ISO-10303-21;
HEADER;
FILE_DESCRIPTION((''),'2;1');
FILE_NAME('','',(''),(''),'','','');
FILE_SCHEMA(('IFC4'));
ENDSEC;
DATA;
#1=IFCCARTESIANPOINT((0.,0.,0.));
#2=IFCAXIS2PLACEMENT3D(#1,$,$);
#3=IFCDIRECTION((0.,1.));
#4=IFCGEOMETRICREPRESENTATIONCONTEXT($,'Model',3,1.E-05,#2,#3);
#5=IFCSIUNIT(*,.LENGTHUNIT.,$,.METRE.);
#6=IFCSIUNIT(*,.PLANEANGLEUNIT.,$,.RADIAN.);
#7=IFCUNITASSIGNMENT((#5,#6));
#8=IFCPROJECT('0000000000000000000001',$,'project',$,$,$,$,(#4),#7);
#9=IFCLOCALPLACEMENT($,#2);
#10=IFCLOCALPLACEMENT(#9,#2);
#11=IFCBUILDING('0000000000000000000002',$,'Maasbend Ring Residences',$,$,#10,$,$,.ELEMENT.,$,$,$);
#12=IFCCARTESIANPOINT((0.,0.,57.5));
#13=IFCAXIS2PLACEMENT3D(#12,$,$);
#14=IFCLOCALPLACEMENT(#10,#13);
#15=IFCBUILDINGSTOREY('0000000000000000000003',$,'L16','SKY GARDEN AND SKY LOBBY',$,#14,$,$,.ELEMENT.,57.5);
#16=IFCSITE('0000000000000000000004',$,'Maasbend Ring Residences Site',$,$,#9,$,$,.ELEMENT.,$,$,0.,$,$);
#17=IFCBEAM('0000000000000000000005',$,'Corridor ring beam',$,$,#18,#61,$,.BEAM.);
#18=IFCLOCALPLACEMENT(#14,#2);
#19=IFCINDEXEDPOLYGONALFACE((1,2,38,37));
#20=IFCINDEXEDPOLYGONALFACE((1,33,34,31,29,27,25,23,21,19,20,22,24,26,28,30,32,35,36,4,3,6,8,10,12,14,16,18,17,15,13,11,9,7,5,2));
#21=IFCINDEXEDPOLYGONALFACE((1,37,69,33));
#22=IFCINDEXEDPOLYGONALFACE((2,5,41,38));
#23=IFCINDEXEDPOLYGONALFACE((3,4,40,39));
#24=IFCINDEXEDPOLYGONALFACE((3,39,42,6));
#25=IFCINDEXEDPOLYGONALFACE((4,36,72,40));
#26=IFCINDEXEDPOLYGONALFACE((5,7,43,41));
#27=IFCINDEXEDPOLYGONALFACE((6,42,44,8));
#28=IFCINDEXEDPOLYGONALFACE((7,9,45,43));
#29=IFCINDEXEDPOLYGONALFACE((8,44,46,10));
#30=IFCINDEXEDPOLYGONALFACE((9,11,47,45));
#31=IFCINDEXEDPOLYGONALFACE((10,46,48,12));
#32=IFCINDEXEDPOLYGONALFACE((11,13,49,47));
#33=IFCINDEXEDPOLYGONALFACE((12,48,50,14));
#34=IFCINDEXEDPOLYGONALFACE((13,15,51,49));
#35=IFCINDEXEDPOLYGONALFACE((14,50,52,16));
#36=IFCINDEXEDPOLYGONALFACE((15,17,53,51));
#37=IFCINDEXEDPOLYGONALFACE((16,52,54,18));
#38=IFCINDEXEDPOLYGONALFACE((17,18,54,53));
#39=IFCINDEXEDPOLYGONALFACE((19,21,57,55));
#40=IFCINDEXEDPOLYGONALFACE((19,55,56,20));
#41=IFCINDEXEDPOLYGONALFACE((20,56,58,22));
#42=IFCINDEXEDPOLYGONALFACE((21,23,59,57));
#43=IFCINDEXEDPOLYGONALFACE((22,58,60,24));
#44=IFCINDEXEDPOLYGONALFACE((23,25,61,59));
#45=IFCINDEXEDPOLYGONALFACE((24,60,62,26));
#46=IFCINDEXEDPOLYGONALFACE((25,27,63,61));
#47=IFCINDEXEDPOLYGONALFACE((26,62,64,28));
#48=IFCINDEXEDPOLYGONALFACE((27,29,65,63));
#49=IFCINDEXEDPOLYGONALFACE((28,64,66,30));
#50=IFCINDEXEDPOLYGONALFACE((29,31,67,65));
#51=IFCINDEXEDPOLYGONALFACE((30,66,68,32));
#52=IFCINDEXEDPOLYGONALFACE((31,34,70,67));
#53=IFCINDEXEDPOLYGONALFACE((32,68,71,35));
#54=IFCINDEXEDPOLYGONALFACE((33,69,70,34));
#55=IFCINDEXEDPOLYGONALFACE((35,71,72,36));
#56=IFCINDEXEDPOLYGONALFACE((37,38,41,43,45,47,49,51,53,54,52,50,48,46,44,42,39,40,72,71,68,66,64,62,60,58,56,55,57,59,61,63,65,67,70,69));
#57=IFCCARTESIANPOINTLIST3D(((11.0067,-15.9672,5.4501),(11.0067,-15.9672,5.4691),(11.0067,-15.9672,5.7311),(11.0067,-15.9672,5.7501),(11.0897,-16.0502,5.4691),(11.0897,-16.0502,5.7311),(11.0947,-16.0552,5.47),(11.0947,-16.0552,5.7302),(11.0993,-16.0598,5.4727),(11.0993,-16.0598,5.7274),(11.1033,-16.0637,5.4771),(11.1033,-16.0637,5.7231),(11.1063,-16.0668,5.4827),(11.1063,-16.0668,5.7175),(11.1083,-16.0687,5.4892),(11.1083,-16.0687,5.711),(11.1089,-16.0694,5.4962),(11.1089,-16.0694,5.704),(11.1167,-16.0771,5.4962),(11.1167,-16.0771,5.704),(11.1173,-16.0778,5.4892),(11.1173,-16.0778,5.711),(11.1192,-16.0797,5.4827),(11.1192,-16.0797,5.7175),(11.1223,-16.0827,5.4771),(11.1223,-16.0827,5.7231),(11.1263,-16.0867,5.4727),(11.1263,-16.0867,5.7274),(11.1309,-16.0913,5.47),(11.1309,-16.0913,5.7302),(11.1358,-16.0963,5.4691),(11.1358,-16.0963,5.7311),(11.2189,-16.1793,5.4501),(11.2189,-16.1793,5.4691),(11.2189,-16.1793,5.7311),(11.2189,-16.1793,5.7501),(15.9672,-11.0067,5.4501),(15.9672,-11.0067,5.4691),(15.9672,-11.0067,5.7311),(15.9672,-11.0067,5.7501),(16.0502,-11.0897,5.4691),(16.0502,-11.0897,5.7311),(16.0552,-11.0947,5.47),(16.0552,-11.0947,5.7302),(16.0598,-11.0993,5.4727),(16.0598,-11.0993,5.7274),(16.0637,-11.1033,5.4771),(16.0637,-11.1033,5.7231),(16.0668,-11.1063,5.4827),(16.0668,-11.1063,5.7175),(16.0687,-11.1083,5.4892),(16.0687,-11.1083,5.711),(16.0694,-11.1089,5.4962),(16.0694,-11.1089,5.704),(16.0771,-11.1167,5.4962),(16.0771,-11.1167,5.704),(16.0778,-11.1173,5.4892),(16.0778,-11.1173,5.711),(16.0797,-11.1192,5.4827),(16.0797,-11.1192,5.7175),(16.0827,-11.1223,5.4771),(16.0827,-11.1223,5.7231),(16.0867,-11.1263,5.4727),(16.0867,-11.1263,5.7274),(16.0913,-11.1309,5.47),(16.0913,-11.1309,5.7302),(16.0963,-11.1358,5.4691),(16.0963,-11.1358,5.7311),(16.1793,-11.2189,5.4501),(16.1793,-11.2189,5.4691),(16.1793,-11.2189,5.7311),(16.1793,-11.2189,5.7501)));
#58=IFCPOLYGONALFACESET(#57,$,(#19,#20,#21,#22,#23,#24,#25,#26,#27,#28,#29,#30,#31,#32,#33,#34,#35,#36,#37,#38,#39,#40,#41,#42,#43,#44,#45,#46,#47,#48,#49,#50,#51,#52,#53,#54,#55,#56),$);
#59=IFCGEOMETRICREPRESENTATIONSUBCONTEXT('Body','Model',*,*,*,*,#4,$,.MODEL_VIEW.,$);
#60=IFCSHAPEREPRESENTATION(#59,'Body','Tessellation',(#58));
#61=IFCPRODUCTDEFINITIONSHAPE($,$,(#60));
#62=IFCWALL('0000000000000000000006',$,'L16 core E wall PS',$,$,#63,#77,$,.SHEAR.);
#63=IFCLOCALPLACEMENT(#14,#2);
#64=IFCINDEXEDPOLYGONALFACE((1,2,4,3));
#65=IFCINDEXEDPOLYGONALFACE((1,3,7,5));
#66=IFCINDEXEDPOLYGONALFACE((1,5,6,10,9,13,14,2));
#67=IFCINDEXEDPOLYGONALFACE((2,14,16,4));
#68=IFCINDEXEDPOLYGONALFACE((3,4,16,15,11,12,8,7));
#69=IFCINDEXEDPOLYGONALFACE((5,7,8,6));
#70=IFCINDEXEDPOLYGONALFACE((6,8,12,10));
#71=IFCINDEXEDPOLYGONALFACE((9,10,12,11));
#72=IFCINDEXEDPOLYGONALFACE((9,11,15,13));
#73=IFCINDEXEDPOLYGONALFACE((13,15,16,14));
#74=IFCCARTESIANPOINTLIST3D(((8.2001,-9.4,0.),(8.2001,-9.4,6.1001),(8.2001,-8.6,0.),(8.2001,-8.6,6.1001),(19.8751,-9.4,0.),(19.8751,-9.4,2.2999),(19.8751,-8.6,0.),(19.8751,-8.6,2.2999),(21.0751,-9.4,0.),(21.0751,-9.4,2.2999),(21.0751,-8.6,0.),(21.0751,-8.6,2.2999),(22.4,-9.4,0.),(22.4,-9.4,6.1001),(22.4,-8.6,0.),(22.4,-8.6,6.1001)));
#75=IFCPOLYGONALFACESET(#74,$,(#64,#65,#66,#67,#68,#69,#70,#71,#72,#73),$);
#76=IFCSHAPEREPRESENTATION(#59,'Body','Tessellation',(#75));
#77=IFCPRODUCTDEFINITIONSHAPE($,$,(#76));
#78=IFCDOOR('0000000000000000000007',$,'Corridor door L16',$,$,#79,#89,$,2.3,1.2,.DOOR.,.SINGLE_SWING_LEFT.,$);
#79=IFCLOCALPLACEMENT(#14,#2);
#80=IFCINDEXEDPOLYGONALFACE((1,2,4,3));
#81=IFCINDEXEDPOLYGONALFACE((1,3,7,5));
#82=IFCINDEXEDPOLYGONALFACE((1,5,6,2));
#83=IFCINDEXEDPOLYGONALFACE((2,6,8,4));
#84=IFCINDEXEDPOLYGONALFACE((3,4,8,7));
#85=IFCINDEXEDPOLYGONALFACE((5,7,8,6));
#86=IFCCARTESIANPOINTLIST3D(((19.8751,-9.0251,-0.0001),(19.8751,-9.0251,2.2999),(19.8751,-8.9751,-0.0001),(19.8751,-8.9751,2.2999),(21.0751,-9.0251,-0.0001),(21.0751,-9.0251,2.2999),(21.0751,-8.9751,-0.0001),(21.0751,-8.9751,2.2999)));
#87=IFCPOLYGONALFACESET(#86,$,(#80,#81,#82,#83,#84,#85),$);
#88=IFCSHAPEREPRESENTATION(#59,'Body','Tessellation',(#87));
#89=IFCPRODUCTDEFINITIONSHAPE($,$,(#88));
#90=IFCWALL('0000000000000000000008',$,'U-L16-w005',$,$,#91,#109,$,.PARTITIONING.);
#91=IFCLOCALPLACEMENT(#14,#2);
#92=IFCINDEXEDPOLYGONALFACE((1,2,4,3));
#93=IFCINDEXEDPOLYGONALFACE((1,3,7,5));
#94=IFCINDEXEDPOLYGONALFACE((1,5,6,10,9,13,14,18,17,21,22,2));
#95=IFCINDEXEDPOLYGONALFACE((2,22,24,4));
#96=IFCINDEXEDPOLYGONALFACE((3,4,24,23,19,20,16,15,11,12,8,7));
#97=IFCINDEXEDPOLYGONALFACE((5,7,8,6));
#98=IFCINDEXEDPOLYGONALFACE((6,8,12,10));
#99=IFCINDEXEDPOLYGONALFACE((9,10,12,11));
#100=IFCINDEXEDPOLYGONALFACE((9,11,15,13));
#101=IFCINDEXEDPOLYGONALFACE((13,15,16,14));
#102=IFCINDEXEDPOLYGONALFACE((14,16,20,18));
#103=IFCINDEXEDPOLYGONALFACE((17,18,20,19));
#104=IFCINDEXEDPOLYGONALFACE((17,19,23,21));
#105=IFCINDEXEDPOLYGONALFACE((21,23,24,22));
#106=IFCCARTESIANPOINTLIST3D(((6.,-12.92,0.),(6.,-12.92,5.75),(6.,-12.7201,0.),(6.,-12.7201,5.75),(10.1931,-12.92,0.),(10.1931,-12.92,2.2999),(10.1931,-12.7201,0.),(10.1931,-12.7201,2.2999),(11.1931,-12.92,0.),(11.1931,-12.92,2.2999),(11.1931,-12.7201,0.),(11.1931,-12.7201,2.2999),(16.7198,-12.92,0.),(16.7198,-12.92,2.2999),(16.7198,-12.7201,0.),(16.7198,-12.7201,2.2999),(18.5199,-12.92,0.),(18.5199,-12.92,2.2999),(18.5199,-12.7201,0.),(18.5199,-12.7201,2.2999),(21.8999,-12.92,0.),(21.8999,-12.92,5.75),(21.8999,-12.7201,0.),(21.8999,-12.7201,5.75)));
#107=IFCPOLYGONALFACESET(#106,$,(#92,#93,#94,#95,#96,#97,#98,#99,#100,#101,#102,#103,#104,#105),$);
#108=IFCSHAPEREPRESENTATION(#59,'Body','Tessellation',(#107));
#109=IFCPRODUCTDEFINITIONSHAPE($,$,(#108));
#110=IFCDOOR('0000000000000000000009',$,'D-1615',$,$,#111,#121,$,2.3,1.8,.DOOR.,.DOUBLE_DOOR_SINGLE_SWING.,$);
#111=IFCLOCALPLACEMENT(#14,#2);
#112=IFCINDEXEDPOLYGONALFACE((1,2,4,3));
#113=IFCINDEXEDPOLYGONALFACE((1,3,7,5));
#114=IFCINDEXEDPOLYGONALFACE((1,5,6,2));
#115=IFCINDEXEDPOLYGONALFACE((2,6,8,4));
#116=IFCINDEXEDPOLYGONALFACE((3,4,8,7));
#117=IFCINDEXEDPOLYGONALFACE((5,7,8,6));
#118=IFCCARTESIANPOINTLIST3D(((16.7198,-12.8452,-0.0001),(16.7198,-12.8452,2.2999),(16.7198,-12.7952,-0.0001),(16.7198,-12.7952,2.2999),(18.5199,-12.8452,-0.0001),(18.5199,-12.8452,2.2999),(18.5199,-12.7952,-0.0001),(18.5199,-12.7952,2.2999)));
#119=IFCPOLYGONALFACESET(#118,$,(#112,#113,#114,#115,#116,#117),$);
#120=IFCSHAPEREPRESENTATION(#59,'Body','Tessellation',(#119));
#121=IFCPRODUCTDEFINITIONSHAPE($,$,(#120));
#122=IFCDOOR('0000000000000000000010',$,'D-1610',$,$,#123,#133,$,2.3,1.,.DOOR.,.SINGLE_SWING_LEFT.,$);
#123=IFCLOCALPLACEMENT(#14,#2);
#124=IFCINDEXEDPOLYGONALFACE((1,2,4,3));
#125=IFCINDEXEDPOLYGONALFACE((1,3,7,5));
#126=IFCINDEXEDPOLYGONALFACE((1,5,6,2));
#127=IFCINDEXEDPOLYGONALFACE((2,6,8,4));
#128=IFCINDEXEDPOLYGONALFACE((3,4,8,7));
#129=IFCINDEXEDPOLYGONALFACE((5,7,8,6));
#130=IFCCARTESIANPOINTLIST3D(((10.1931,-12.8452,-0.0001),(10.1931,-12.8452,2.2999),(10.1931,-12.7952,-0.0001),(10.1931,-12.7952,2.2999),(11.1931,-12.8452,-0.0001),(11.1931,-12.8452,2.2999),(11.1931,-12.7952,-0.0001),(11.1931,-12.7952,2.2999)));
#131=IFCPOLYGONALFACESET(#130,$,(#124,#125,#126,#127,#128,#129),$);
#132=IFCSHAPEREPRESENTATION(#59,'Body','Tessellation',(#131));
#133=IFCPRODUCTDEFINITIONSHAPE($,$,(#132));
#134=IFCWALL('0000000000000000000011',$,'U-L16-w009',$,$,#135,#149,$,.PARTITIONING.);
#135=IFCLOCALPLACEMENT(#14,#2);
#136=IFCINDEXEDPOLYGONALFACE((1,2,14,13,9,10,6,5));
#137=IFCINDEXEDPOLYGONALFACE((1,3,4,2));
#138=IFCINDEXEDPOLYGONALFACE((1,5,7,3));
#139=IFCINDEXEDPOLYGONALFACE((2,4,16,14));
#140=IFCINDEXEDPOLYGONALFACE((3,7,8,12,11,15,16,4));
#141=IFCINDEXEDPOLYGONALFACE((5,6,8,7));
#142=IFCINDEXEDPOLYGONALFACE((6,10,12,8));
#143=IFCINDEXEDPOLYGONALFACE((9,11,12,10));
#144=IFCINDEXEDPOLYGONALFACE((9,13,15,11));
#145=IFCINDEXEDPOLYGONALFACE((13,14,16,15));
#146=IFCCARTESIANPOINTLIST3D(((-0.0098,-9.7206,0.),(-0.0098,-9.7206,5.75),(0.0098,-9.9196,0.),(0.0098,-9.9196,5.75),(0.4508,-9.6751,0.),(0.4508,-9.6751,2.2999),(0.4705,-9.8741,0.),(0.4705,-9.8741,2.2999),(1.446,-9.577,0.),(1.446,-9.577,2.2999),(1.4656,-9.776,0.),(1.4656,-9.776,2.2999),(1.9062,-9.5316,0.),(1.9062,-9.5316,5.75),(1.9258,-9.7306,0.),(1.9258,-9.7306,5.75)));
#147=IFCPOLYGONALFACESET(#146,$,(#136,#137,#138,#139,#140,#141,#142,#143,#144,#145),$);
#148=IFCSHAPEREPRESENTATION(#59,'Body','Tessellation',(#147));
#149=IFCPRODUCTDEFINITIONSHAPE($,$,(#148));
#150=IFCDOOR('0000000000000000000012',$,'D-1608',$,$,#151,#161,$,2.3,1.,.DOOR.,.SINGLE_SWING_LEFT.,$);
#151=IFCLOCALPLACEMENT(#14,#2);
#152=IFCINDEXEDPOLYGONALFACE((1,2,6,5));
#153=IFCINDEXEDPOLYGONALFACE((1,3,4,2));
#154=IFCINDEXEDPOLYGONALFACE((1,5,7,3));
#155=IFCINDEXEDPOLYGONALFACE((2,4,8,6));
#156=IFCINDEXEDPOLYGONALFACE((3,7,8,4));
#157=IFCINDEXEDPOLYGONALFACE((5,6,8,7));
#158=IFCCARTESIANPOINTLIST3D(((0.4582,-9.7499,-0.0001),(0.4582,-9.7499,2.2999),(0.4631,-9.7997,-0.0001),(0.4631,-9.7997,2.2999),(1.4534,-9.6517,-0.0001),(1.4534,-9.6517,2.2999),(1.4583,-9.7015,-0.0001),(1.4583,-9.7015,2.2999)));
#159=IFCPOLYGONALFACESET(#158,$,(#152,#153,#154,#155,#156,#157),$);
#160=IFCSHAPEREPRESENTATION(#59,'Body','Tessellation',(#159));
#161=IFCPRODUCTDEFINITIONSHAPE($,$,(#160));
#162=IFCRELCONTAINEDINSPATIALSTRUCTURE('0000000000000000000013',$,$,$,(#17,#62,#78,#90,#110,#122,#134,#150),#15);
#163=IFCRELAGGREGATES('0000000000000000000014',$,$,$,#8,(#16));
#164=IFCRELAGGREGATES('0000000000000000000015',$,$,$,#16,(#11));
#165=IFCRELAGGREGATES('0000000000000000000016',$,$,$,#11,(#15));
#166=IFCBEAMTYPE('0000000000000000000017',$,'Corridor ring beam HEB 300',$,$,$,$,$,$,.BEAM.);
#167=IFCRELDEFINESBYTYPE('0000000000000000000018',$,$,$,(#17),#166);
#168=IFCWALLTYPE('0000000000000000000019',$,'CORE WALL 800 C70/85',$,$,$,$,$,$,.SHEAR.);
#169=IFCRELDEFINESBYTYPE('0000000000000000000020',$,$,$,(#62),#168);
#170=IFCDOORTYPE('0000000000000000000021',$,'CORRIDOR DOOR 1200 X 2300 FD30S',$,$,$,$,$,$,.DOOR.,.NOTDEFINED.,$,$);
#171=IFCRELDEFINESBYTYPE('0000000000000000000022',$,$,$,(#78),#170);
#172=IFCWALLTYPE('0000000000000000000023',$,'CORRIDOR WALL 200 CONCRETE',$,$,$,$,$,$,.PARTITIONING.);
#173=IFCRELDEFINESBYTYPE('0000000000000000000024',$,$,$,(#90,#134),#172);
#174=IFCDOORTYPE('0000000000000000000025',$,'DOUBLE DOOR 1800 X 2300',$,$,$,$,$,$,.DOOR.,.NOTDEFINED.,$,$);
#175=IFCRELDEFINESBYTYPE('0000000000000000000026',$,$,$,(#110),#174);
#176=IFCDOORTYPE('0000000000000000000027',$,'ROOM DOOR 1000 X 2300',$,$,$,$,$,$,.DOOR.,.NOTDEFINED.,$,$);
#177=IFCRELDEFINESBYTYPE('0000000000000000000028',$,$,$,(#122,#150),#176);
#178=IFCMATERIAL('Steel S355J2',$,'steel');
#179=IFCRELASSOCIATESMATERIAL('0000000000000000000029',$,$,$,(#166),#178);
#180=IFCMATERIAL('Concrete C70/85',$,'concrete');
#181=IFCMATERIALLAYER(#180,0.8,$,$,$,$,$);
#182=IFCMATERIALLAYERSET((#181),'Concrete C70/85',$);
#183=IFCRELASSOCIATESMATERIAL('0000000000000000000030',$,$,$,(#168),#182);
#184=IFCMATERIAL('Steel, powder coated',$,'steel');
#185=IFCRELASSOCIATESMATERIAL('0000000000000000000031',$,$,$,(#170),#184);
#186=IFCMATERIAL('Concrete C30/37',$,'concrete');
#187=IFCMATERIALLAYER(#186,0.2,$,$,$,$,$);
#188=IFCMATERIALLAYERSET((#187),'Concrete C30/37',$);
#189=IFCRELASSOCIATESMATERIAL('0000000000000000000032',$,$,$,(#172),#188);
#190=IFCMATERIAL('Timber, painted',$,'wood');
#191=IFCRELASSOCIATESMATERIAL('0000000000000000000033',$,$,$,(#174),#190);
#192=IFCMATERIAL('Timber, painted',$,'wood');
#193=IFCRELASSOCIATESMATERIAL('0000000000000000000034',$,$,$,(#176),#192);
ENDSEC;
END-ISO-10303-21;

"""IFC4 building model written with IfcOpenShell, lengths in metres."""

from ifc_helpers import new_model, si_unit, direction, frame, frame_2d, origin, origin_2d, place, context, subcontext, project, spatial, rectangle, i_section, extrude, material, layer, layer_set, material_profile, profile_set, type_object, element, fill, save


model = new_model("IFC4")

# Units and contexts
model_context = context("Model", 3, precision=1e-05, world=origin(), true_north=direction((0.0, 1.0)))
body_context = subcontext(model_context, "Body", "Model", "MODEL_VIEW")
ifc_project = project(units=[si_unit("LENGTHUNIT", "METRE"), si_unit("PLANEANGLEUNIT", "RADIAN")], contexts=[model_context])

# Site, building, storey
site_placement = place(None, origin())
site = spatial("IfcSite", under=ifc_project, at=site_placement, Name="Maasbend Ring Residences Site", CompositionType="ELEMENT", RefElevation=0.0)
building_placement = place(site_placement, origin())
building = spatial("IfcBuilding", under=site, at=building_placement, Name="Maasbend Ring Residences", CompositionType="ELEMENT")
storey_placement = place(building_placement, frame((0.0, 0.0, 57.5)))
storey = spatial("IfcBuildingStorey", under=building, at=storey_placement, Name="L16", Description="SKY GARDEN AND SKY LOBBY", CompositionType="ELEMENT", Elevation=57.5)

# Beam
ifc_material_1 = material(Name="Steel S355J2", Category="steel")
ifc_material_profile_1 = material_profile(ifc_material_1, i_section(OverallWidth=0.3, OverallDepth=0.3, WebThickness=0.011, FlangeThickness=0.019, FilletRadius=0.0271, at=origin_2d()), Name="HEB 300")
ifc_profile_set_1 = profile_set([ifc_material_profile_1], Name="Steel S355J2")
beam_type_1 = type_object("IfcBeamType", Name="Corridor ring beam HEB 300", PredefinedType="BEAM", material=ifc_profile_set_1)
beam_1_placement = place(storey_placement, frame((11.1128, -16.0732, 5.6001), z_axis=(0.707107, 0.707107, 0.0), x_axis=(-0.707107, 0.707107, 0.0)))
element("IfcBeam", 1, at=beam_1_placement, inside=storey, type_object=beam_type_1, Name="Corridor ring beam", PredefinedType="BEAM", context=body_context, shape_type="SweptSolid", body=[
    extrude(i_section(OverallWidth=0.3, OverallDepth=0.3, WebThickness=0.011, FlangeThickness=0.019, FilletRadius=0.0271, at=origin_2d()), origin(), (0.0, 0.0, 1.0), 7.0151),
])

# Wall, opening, door
ifc_material_2 = material(Name="Concrete C70/85", Category="concrete")
ifc_layer_1 = layer(ifc_material_2, 0.8)
ifc_layer_set_1 = layer_set([ifc_layer_1], Name="Concrete C70/85")
wall_type_1 = type_object("IfcWallType", Name="CORE WALL 800 C70/85", PredefinedType="SHEAR", material=ifc_layer_set_1)
wall_1_placement = place(storey_placement, frame((8.2, -9.0, 0.0), z_axis=(0.0, 0.0, 1.0), x_axis=(1.0, 0.0, 0.0)))
wall_1 = element("IfcWall", 2, at=wall_1_placement, inside=storey, type_object=wall_type_1, Name="L16 core E wall PS", PredefinedType="SHEAR", context=body_context, shape_type="SweptSolid", body=[
    extrude(rectangle(XDim=14.2, YDim=0.8, at=frame_2d((7.1001, 0.0))), origin(), (0.0, 0.0, 1.0), 6.1001),
])
opening_1_placement = place(wall_1_placement, frame((11.675, 0.0, 0.0)))
opening_1 = element("IfcOpeningElement", 3, at=opening_1_placement, cuts=wall_1, PredefinedType="OPENING", context=body_context, shape_type="SweptSolid", body=[
    extrude(rectangle(XDim=1.2, YDim=2.3, at=frame_2d((0.6001, 1.1499))), frame((0.0, 0.4102, 0.0), z_axis=(0.0, -1.0, 0.0), x_axis=(1.0, 0.0, 0.0)), (0.0, 0.0, 1.0), 0.8201),
])
ifc_material_3 = material(Name="Steel, powder coated", Category="steel")
door_type_1 = type_object("IfcDoorType", Name="CORRIDOR DOOR 1200 X 2300 FD30S", OperationType="NOTDEFINED", PredefinedType="DOOR", material=ifc_material_3)
door_1_placement = place(opening_1_placement, origin())
door_1 = element("IfcDoor", 4, at=door_1_placement, inside=storey, type_object=door_type_1, Name="Corridor door L16", OperationType="SINGLE_SWING_LEFT", OverallHeight=2.3, OverallWidth=1.2, PredefinedType="DOOR", context=body_context, shape_type="SweptSolid", body=[
    extrude(rectangle(XDim=1.2, YDim=2.3, at=frame_2d((0.6001, 1.1499))), frame((0.0, 0.0249, 0.0), z_axis=(0.0, -1.0, 0.0), x_axis=(1.0, 0.0, 0.0)), (0.0, 0.0, 1.0), 0.05),
])
fill(opening_1, door_1)

# Wall, openings, doors
ifc_material_4 = material(Name="Concrete C30/37", Category="concrete")
ifc_layer_2 = layer(ifc_material_4, 0.2)
ifc_layer_set_2 = layer_set([ifc_layer_2], Name="Concrete C30/37")
wall_type_2 = type_object("IfcWallType", Name="CORRIDOR WALL 200 CONCRETE", PredefinedType="PARTITIONING", material=ifc_layer_set_2)
wall_2_placement = place(storey_placement, frame((6.0, -12.8201, 0.0), z_axis=(0.0, 0.0, 1.0), x_axis=(1.0, 0.0, 0.0)))
wall_2 = element("IfcWall", 5, at=wall_2_placement, inside=storey, type_object=wall_type_2, Name="U-L16-w005", PredefinedType="PARTITIONING", context=body_context, shape_type="SweptSolid", body=[
    extrude(rectangle(XDim=15.8999, YDim=0.2, at=frame_2d((7.95, 0.0))), origin(), (0.0, 0.0, 1.0), 5.75),
])
opening_2_placement = place(wall_2_placement, frame((4.1931, 0.0, 0.0)))
opening_2 = element("IfcOpeningElement", 6, at=opening_2_placement, cuts=wall_2, PredefinedType="OPENING", context=body_context, shape_type="SweptSolid", body=[
    extrude(rectangle(XDim=1.0, YDim=2.3, at=frame_2d((0.5, 1.1499))), frame((0.0, 0.1099, 0.0), z_axis=(0.0, -1.0, 0.0), x_axis=(1.0, 0.0, 0.0)), (0.0, 0.0, 1.0), 0.22),
])
opening_3_placement = place(wall_2_placement, frame((10.72, 0.0, 0.0)))
opening_3 = element("IfcOpeningElement", 7, at=opening_3_placement, cuts=wall_2, PredefinedType="OPENING", context=body_context, shape_type="SweptSolid", body=[
    extrude(rectangle(XDim=1.8, YDim=2.3, at=frame_2d((0.8999, 1.1499))), frame((0.0, 0.1099, 0.0), z_axis=(0.0, -1.0, 0.0), x_axis=(1.0, 0.0, 0.0)), (0.0, 0.0, 1.0), 0.22),
])
ifc_material_5 = material(Name="Timber, painted", Category="wood")
door_type_2 = type_object("IfcDoorType", Name="DOUBLE DOOR 1800 X 2300", OperationType="NOTDEFINED", PredefinedType="DOOR", material=ifc_material_5)
door_2_placement = place(opening_3_placement, origin())
door_2 = element("IfcDoor", 8, at=door_2_placement, inside=storey, type_object=door_type_2, Name="D-1615", OperationType="DOUBLE_DOOR_SINGLE_SWING", OverallHeight=2.3, OverallWidth=1.8, PredefinedType="DOOR", context=body_context, shape_type="SweptSolid", body=[
    extrude(rectangle(XDim=1.8, YDim=2.3, at=frame_2d((0.8999, 1.1499))), frame((0.0, 0.0249, 0.0), z_axis=(0.0, -1.0, 0.0), x_axis=(1.0, 0.0, 0.0)), (0.0, 0.0, 1.0), 0.05),
])
fill(opening_3, door_2)
ifc_material_6 = material(Name="Timber, painted", Category="wood")
door_type_3 = type_object("IfcDoorType", Name="ROOM DOOR 1000 X 2300", OperationType="NOTDEFINED", PredefinedType="DOOR", material=ifc_material_6)
door_3_placement = place(opening_2_placement, origin())
door_3 = element("IfcDoor", 9, at=door_3_placement, inside=storey, type_object=door_type_3, Name="D-1610", OperationType="SINGLE_SWING_LEFT", OverallHeight=2.3, OverallWidth=1.0, PredefinedType="DOOR", context=body_context, shape_type="SweptSolid", body=[
    extrude(rectangle(XDim=1.0, YDim=2.3, at=frame_2d((0.5, 1.1499))), frame((0.0, 0.0249, 0.0), z_axis=(0.0, -1.0, 0.0), x_axis=(1.0, 0.0, 0.0)), (0.0, 0.0, 1.0), 0.05),
])
fill(opening_2, door_3)

# Wall, opening, door
wall_3_placement = place(storey_placement, frame((0.0, -9.8201, 0.0), z_axis=(0.0, 0.0, 1.0), x_axis=(0.995172, 0.098148, 0.0)))
wall_3 = element("IfcWall", 10, at=wall_3_placement, inside=storey, type_object=wall_type_2, Name="U-L16-w009", PredefinedType="PARTITIONING", context=body_context, shape_type="SweptSolid", body=[
    extrude(rectangle(XDim=1.9253, YDim=0.2, at=frame_2d((0.9626, 0.0))), origin(), (0.0, 0.0, 1.0), 5.75),
])
opening_4_placement = place(wall_3_placement, frame((0.4629, 0.0, 0.0)))
opening_4 = element("IfcOpeningElement", 11, at=opening_4_placement, cuts=wall_3, PredefinedType="OPENING", context=body_context, shape_type="SweptSolid", body=[
    extrude(rectangle(XDim=1.0, YDim=2.3, at=frame_2d((0.5, 1.1499))), frame((0.0, 0.1099, 0.0), z_axis=(0.0, -1.0, 0.0), x_axis=(1.0, 0.0, 0.0)), (0.0, 0.0, 1.0), 0.22),
])
door_4_placement = place(opening_4_placement, origin())
door_4 = element("IfcDoor", 12, at=door_4_placement, inside=storey, type_object=door_type_3, Name="D-1608", OperationType="SINGLE_SWING_LEFT", OverallHeight=2.3, OverallWidth=1.0, PredefinedType="DOOR", context=body_context, shape_type="SweptSolid", body=[
    extrude(rectangle(XDim=1.0, YDim=2.3, at=frame_2d((0.5, 1.1499))), frame((0.0, 0.0249, 0.0), z_axis=(0.0, -1.0, 0.0), x_axis=(1.0, 0.0, 0.0)), (0.0, 0.0, 1.0), 0.05),
])
fill(opening_4, door_4)

save(model, "model.ifc")
